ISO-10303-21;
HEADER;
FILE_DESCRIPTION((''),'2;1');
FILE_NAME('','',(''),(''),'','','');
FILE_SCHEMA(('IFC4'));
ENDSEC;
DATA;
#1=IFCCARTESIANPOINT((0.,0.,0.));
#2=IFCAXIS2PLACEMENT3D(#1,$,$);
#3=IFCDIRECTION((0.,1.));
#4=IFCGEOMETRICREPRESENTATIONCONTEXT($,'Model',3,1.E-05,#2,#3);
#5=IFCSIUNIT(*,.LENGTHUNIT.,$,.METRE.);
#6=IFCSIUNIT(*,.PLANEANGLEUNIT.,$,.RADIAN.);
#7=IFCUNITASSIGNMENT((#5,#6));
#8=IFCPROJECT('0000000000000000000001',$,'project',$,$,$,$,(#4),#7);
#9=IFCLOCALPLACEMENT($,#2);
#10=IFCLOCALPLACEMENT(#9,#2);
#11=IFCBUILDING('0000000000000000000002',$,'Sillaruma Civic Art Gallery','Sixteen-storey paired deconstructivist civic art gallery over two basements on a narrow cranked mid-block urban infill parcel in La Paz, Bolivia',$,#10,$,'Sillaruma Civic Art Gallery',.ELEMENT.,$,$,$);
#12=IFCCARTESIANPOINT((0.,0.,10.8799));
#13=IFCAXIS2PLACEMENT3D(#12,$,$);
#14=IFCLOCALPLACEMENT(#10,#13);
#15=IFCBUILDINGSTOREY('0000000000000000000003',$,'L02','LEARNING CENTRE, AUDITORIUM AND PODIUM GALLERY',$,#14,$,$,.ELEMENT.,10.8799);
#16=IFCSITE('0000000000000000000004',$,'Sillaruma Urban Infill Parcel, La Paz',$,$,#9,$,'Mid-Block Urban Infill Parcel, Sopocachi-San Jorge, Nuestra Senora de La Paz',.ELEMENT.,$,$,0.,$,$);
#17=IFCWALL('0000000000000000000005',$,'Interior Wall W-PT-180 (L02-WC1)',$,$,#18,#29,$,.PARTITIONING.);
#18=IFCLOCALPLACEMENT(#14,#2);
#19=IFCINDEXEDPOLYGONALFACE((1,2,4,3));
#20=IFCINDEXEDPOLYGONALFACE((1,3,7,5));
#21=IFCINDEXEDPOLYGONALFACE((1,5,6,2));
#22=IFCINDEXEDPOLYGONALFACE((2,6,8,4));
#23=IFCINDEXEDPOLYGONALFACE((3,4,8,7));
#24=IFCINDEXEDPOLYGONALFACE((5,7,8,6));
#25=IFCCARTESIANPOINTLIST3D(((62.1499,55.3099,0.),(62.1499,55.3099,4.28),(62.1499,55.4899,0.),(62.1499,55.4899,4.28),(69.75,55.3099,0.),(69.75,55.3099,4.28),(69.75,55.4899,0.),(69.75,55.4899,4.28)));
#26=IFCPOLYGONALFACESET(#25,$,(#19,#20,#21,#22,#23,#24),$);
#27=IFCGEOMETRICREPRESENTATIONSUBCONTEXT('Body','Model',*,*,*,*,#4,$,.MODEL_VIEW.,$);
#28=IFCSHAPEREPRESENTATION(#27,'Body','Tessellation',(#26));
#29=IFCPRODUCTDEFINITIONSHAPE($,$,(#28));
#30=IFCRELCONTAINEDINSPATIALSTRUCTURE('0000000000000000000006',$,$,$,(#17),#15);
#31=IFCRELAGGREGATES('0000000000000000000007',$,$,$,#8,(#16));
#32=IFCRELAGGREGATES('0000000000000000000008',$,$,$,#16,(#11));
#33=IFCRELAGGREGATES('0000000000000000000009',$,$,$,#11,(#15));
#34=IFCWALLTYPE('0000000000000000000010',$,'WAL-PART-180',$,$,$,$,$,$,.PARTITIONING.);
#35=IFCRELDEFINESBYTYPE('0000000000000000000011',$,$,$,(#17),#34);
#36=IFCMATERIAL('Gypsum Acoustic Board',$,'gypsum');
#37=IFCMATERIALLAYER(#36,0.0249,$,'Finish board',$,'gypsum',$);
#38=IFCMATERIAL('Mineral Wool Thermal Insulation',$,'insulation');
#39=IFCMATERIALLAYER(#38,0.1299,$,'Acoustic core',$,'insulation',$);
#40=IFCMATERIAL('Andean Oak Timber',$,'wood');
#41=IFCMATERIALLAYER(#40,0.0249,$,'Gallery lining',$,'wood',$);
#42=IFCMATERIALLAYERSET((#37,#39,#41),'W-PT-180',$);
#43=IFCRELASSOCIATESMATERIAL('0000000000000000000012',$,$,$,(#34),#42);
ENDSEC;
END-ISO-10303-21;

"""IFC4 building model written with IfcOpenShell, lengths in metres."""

from ifc_helpers import new_model, si_unit, direction, frame, frame_2d, origin, place, context, subcontext, project, spatial, rectangle, extrude, material, layer, layer_set, type_object, element, save


model = new_model("IFC4")

# Units and contexts
model_context = context("Model", 3, precision=1e-05, world=origin(), true_north=direction((0.0, 1.0)))
body_context = subcontext(model_context, "Body", "Model", "MODEL_VIEW")
ifc_project = project(units=[si_unit("LENGTHUNIT", "METRE"), si_unit("PLANEANGLEUNIT", "RADIAN")], contexts=[model_context])

# Site, building, storey
site_placement = place(None, origin())
site = spatial("IfcSite", under=ifc_project, at=site_placement, Name="Sillaruma Urban Infill Parcel, La Paz", LongName="Mid-Block Urban Infill Parcel, Sopocachi-San Jorge, Nuestra Senora de La Paz", CompositionType="ELEMENT", RefElevation=0.0)
building_placement = place(site_placement, origin())
building = spatial("IfcBuilding", under=site, at=building_placement, Name="Sillaruma Civic Art Gallery", Description="Sixteen-storey paired deconstructivist civic art gallery over two basements on a narrow cranked mid-block urban infill parcel in La Paz, Bolivia", LongName="Sillaruma Civic Art Gallery", CompositionType="ELEMENT")
storey_placement = place(building_placement, frame((0.0, 0.0, 10.8799)))
storey = spatial("IfcBuildingStorey", under=building, at=storey_placement, Name="L02", Description="LEARNING CENTRE, AUDITORIUM AND PODIUM GALLERY", CompositionType="ELEMENT", Elevation=10.8799)

# Shared definitions
ifc_material_1 = material(Name="Gypsum Acoustic Board", Category="gypsum")
ifc_material_2 = material(Name="Mineral Wool Thermal Insulation", Category="insulation")
ifc_material_3 = material(Name="Andean Oak Timber", Category="wood")

# Wall
ifc_layer_1 = layer(ifc_material_1, 0.0249, Name="Finish board", Category="gypsum")
ifc_layer_2 = layer(ifc_material_2, 0.1299, Name="Acoustic core", Category="insulation")
ifc_layer_3 = layer(ifc_material_3, 0.0249, Name="Gallery lining", Category="wood")
ifc_layer_set_1 = layer_set([ifc_layer_1, ifc_layer_2, ifc_layer_3], Name="W-PT-180")
wall_type_1 = type_object("IfcWallType", Name="WAL-PART-180", PredefinedType="PARTITIONING", material=ifc_layer_set_1)
wall_1_placement = place(storey_placement, frame((62.1499, 55.3999, 0.0), z_axis=(0.0, 0.0, 1.0), x_axis=(1.0, 0.0, 0.0)))
element("IfcWall", 1, at=wall_1_placement, inside=storey, type_object=wall_type_1, Name="Interior Wall W-PT-180 (L02-WC1)", PredefinedType="PARTITIONING", context=body_context, shape_type="SweptSolid", body=[
    extrude(rectangle(XDim=7.6001, YDim=0.1799, at=frame_2d((3.8, 0.0))), origin(), (0.0, 0.0, 1.0), 4.28),
])

save(model, "model.ifc")
